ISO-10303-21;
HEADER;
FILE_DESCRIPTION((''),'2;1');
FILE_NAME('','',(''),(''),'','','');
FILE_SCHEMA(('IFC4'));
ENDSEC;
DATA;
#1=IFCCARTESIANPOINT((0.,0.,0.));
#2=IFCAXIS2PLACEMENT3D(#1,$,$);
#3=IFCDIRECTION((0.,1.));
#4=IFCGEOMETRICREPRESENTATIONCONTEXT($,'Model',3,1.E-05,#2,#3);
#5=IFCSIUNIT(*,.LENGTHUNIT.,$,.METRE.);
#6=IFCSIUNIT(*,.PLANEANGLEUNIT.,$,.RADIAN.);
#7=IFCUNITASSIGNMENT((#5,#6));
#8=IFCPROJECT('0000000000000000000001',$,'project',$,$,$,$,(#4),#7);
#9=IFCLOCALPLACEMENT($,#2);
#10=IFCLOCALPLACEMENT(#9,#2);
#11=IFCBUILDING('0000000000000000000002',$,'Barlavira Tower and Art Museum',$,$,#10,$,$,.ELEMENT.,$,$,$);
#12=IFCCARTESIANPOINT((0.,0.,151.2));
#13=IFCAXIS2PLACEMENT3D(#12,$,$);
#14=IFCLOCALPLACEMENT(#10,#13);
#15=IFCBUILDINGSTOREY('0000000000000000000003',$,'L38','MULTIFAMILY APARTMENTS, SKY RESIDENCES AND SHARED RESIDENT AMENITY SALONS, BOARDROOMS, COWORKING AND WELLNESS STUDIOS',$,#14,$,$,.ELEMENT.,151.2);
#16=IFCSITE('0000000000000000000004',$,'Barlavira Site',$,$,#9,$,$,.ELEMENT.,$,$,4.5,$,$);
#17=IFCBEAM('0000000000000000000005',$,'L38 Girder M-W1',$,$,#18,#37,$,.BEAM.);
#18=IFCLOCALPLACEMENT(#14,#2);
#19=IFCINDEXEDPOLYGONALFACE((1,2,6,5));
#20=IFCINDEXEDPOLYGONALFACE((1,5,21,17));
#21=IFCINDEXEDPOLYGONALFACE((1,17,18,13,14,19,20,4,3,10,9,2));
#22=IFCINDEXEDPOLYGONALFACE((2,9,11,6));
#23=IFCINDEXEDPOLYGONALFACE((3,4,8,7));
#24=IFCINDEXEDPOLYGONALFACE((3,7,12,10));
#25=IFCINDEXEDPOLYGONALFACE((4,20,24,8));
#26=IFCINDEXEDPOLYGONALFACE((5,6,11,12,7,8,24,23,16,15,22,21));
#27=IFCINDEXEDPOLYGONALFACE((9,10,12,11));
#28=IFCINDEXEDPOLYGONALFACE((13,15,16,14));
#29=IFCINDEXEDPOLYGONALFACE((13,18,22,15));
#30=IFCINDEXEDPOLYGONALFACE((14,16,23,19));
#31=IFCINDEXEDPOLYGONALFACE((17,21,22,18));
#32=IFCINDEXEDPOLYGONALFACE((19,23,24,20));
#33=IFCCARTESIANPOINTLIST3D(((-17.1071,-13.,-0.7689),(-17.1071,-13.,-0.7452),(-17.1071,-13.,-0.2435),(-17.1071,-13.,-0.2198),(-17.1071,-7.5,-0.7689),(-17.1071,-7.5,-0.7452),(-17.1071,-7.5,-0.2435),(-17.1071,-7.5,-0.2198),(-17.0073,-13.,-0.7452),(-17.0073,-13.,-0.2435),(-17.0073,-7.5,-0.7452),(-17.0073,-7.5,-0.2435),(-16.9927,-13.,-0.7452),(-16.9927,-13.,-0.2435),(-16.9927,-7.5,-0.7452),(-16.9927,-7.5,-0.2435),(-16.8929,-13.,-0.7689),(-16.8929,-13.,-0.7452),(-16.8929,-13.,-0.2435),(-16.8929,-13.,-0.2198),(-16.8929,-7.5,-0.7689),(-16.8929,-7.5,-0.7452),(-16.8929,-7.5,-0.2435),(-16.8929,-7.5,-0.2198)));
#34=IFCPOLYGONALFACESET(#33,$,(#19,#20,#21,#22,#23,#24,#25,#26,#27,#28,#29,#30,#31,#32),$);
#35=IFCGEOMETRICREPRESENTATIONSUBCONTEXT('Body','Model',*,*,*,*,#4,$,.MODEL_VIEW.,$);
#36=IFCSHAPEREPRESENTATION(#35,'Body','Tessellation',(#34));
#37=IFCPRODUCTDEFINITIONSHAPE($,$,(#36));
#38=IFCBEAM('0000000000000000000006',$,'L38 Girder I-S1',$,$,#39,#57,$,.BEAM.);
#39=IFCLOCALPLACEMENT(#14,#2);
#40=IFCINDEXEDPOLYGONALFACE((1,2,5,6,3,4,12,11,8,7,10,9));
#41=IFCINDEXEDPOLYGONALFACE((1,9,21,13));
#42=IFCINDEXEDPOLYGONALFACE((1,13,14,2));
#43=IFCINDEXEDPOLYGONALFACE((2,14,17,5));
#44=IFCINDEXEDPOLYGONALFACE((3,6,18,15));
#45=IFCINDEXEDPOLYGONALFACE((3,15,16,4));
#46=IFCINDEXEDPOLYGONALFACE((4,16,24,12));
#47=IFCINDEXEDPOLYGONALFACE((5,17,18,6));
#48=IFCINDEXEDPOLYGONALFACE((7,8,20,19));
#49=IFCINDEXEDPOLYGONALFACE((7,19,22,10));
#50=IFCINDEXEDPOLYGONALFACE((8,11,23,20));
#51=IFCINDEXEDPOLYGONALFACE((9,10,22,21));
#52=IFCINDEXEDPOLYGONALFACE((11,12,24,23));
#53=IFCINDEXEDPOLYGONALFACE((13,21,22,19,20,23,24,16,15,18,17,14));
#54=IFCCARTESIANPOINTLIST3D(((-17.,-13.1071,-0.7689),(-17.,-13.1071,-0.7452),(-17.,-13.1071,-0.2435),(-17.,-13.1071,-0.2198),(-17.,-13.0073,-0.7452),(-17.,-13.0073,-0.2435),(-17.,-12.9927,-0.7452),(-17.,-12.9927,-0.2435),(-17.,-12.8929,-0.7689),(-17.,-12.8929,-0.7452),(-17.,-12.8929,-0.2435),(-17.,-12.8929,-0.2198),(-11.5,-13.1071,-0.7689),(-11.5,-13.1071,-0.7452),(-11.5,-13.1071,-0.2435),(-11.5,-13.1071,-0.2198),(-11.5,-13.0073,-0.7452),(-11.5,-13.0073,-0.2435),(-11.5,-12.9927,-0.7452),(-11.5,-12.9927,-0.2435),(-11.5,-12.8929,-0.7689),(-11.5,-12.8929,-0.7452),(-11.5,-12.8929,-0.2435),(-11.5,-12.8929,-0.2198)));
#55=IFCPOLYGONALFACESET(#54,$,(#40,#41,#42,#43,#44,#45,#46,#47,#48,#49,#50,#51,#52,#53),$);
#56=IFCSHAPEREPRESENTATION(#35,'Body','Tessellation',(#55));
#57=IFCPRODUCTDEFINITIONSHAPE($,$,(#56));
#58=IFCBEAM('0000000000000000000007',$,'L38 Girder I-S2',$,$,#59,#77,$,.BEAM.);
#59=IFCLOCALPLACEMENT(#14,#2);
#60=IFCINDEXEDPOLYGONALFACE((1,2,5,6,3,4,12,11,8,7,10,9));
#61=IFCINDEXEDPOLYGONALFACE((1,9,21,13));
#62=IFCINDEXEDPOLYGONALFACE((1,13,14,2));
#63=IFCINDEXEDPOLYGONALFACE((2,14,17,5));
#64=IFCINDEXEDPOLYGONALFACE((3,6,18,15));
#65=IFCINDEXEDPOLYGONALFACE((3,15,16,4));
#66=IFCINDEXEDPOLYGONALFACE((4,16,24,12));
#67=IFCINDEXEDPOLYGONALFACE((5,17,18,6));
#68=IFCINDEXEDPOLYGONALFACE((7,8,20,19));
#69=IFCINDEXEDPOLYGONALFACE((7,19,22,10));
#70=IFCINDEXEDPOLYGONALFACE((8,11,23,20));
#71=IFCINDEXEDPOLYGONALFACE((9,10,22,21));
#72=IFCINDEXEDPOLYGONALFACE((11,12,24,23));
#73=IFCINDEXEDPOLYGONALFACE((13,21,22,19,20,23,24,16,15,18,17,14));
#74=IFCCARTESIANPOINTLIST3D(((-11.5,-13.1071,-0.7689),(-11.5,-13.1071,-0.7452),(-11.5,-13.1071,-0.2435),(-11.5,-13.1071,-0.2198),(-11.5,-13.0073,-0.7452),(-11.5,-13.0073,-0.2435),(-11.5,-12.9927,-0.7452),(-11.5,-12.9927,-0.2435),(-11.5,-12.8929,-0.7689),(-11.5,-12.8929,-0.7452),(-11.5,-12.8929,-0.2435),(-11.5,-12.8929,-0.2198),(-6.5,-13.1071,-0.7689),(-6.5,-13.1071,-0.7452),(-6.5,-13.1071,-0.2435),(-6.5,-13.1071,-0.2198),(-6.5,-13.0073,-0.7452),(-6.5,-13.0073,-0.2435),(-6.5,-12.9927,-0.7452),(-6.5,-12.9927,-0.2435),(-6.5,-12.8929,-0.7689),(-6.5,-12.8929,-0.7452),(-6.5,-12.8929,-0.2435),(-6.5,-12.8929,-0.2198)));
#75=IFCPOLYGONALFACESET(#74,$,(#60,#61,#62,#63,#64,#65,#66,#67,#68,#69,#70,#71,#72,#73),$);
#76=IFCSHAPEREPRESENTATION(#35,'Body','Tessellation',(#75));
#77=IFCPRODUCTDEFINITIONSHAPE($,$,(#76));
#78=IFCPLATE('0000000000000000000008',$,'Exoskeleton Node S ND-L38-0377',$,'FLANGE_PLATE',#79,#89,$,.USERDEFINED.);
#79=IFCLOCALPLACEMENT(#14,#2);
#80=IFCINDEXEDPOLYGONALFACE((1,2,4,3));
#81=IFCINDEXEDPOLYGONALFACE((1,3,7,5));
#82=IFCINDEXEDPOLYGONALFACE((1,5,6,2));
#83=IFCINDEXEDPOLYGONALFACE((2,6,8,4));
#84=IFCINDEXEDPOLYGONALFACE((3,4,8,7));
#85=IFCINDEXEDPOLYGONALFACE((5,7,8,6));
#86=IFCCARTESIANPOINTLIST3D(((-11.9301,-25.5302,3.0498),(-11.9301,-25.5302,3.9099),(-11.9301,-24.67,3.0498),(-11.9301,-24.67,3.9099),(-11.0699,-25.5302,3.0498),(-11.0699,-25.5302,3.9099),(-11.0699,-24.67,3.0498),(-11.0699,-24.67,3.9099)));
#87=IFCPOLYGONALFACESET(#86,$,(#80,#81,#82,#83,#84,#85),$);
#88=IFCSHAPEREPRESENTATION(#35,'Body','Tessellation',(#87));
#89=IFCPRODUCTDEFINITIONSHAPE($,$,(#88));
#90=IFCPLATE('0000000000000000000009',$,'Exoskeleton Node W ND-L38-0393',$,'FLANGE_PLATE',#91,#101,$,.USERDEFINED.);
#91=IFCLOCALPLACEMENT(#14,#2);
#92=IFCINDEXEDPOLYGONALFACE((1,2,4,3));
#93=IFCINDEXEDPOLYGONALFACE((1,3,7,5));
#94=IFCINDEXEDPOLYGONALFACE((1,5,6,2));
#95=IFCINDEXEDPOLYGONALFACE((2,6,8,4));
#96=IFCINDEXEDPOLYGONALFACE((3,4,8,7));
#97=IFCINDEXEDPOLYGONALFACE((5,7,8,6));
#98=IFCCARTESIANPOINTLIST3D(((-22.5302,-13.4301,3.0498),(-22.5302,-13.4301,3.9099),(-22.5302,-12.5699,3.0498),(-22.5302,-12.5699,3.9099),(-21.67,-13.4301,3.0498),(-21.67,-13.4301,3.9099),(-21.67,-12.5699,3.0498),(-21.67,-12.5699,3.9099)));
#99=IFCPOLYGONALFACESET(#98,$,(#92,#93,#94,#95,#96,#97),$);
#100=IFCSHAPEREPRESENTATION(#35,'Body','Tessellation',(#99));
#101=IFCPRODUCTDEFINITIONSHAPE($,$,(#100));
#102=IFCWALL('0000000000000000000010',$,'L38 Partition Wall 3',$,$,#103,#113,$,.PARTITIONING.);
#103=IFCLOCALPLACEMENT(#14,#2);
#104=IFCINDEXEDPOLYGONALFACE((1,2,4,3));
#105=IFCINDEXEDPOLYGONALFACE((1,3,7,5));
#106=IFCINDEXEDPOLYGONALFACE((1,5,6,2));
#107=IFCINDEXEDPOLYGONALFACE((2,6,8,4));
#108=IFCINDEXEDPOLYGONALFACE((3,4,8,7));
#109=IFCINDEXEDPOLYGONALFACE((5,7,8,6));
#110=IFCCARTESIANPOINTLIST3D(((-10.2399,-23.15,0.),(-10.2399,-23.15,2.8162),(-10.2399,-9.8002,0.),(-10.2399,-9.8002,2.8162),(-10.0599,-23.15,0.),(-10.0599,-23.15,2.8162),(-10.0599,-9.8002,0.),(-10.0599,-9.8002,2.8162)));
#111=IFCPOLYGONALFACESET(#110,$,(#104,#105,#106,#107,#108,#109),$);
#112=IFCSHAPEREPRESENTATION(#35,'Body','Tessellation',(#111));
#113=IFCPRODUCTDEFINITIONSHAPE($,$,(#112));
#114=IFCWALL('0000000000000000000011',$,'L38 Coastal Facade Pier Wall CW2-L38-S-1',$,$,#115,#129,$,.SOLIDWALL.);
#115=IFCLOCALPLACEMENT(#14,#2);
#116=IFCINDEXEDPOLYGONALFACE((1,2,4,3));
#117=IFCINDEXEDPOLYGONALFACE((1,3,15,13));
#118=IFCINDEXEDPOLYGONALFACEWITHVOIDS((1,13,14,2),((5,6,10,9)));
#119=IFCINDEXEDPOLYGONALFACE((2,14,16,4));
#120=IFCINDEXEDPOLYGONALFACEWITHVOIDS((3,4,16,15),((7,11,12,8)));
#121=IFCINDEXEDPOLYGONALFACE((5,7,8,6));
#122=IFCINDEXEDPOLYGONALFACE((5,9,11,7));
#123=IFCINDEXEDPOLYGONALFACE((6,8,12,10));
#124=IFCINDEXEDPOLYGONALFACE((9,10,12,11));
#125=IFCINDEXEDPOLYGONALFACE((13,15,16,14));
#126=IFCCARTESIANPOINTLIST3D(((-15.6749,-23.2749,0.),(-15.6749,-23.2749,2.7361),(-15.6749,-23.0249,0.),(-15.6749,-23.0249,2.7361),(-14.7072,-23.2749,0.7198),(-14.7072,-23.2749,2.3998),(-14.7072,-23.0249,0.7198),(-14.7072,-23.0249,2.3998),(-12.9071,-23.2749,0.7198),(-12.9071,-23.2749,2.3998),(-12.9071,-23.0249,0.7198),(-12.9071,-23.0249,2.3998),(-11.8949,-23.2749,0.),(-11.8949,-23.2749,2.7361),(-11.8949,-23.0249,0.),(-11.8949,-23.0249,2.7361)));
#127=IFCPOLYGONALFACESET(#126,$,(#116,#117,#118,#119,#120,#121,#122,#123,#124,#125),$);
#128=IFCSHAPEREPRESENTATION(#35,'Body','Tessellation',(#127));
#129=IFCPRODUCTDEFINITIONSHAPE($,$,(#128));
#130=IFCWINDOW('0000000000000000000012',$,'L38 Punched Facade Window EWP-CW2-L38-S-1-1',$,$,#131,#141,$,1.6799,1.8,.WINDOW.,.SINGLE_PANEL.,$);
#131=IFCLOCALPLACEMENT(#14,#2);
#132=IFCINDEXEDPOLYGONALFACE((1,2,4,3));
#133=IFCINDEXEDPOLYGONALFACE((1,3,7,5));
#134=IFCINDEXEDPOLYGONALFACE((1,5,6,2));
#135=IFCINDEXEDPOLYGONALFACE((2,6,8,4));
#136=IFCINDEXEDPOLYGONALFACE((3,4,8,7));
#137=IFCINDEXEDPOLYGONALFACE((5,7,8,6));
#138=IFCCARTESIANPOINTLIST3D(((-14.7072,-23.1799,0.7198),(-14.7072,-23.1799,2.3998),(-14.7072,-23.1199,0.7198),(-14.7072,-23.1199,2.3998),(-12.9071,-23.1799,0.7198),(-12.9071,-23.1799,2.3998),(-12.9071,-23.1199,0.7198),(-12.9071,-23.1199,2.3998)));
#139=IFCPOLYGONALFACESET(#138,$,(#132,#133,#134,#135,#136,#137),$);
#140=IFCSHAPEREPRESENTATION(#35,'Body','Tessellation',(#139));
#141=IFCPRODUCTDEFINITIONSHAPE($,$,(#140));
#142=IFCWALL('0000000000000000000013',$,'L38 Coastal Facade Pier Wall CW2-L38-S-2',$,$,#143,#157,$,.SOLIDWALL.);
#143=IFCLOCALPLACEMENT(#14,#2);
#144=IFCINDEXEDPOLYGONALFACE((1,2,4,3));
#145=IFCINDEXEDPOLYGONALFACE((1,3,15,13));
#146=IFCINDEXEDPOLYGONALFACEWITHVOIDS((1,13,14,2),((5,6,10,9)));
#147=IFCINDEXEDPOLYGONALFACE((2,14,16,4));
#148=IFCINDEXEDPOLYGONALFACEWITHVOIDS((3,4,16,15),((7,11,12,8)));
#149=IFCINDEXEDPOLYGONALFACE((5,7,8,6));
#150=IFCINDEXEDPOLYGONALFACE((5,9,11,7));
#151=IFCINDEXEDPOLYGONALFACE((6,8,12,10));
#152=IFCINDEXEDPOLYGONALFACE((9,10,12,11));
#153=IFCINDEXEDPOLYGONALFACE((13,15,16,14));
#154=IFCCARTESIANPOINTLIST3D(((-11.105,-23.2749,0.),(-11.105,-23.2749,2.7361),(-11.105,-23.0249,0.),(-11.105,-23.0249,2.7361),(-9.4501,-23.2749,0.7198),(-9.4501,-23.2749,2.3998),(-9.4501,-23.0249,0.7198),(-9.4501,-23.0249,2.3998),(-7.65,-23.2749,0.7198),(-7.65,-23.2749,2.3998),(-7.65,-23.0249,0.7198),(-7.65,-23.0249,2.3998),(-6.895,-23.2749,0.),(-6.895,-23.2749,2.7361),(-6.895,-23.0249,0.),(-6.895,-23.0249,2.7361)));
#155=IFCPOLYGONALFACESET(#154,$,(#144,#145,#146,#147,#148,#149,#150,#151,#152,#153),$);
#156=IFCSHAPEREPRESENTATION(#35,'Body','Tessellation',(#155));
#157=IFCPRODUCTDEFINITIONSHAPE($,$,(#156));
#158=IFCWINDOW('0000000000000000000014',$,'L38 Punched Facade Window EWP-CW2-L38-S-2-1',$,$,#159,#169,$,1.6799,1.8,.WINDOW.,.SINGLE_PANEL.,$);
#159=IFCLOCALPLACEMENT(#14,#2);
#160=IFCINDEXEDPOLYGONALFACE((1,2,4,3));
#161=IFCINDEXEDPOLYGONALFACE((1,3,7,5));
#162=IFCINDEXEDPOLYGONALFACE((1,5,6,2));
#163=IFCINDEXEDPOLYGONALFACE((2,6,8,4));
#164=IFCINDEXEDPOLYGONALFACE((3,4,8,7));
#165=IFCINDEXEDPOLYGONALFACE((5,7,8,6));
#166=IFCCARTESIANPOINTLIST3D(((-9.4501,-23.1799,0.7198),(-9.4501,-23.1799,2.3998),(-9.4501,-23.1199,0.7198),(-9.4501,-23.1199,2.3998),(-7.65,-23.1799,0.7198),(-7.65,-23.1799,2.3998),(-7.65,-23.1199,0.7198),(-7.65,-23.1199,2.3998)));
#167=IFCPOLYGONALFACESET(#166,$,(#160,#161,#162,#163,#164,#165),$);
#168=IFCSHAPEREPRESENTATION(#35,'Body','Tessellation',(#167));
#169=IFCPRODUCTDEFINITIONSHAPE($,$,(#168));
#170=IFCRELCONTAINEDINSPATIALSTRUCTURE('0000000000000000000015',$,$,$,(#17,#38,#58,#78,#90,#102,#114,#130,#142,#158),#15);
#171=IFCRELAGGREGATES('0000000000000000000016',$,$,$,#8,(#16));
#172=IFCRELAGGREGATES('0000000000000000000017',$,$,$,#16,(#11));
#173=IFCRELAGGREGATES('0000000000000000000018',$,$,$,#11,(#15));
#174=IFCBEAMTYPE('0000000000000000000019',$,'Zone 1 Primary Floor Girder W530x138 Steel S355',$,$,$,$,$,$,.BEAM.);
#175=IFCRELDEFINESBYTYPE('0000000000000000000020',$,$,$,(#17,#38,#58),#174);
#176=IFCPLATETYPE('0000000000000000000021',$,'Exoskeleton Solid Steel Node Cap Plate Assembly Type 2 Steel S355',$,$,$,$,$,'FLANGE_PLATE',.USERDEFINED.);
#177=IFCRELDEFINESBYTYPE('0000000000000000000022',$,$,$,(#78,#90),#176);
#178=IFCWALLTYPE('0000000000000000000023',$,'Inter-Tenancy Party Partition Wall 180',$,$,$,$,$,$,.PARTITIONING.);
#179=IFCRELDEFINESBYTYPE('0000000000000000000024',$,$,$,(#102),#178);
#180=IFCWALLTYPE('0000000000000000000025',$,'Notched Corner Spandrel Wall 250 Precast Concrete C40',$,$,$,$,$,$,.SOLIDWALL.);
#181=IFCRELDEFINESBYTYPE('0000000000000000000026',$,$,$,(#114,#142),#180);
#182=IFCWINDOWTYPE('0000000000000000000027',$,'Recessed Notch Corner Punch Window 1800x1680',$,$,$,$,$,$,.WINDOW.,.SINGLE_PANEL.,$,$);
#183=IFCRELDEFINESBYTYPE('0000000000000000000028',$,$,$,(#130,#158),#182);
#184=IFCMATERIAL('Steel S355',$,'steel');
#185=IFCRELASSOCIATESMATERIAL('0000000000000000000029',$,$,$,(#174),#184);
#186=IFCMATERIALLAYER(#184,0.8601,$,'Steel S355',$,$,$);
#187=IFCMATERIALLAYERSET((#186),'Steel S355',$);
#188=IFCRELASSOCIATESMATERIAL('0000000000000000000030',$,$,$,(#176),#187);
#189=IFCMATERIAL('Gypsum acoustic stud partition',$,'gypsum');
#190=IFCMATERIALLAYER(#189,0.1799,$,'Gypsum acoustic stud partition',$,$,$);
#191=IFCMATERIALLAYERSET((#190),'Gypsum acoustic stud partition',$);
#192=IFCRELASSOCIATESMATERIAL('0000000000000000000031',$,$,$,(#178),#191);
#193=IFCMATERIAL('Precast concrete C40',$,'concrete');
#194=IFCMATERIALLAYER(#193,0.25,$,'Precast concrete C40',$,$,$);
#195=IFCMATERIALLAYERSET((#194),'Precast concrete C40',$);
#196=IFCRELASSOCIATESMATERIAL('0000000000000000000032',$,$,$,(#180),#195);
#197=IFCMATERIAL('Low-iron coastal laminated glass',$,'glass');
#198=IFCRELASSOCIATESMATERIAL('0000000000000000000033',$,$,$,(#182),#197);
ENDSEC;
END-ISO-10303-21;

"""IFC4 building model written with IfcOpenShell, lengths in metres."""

from ifc_helpers import new_model, si_unit, direction, frame, frame_2d, origin, origin_2d, place, context, subcontext, project, spatial, rectangle, i_section, extrude, material, layer, layer_set, material_profile, profile_set, type_object, element, fill, save


model = new_model("IFC4")

# Units and contexts
model_context = context("Model", 3, precision=1e-05, world=origin(), true_north=direction((0.0, 1.0)))
body_context = subcontext(model_context, "Body", "Model", "MODEL_VIEW")
ifc_project = project(units=[si_unit("LENGTHUNIT", "METRE"), si_unit("PLANEANGLEUNIT", "RADIAN")], contexts=[model_context])

# Site, building, storey
site_placement = place(None, origin())
site = spatial("IfcSite", under=ifc_project, at=site_placement, Name="Barlavira Site", CompositionType="ELEMENT", RefElevation=4.5)
building_placement = place(site_placement, origin())
building = spatial("IfcBuilding", under=site, at=building_placement, Name="Barlavira Tower and Art Museum", CompositionType="ELEMENT")
storey_placement = place(building_placement, frame((0.0, 0.0, 151.2)))
storey = spatial("IfcBuildingStorey", under=building, at=storey_placement, Name="L38", Description="MULTIFAMILY APARTMENTS, SKY RESIDENCES AND SHARED RESIDENT AMENITY SALONS, BOARDROOMS, COWORKING AND WELLNESS STUDIOS", CompositionType="ELEMENT", Elevation=151.2)

# Beams
ifc_material_1 = material(Name="Steel S355", Category="steel")
ifc_material_profile_1 = material_profile(ifc_material_1, i_section(OverallWidth=0.2141, OverallDepth=0.5491, WebThickness=0.0146, FlangeThickness=0.0237, at=origin_2d()), Name="W530x138.0")
ifc_profile_set_1 = profile_set([ifc_material_profile_1], Name="Steel S355")
beam_type_1 = type_object("IfcBeamType", Name="Zone 1 Primary Floor Girder W530x138 Steel S355", PredefinedType="BEAM", material=ifc_profile_set_1)
for number, where, z_axis, x_axis, name in (
    (1, (-17.0, -13.0, -0.4944), (0.0, 1.0, 0.0), (-1.0, 0.0, 0.0), "L38 Girder M-W1"),
    (2, (-17.0, -13.0, -0.4944), (1.0, 0.0, 0.0), (0.0, 1.0, 0.0), "L38 Girder I-S1"),
):
    element("IfcBeam", number, at=place(storey_placement, frame(where, z_axis=z_axis, x_axis=x_axis)), inside=storey, type_object=beam_type_1, Name=name, PredefinedType="BEAM", context=body_context, shape_type="SweptSolid", body=[
        extrude(i_section(OverallWidth=0.2141, OverallDepth=0.5491, WebThickness=0.0146, FlangeThickness=0.0237, at=origin_2d()), origin(), (0.0, 0.0, 1.0), 5.5),
    ])
beam_1_placement = place(storey_placement, frame((-11.5, -13.0, -0.4944), z_axis=(1.0, 0.0, 0.0), x_axis=(0.0, 1.0, 0.0)))
element("IfcBeam", 3, at=beam_1_placement, inside=storey, type_object=beam_type_1, Name="L38 Girder I-S2", PredefinedType="BEAM", context=body_context, shape_type="SweptSolid", body=[
    extrude(i_section(OverallWidth=0.2141, OverallDepth=0.5491, WebThickness=0.0146, FlangeThickness=0.0237, at=origin_2d()), origin(), (0.0, 0.0, 1.0), 5.0),
])

# Plates
ifc_layer_1 = layer(ifc_material_1, 0.8601, Name="Steel S355")
ifc_layer_set_1 = layer_set([ifc_layer_1], Name="Steel S355")
plate_type = type_object("IfcPlateType", Name="Exoskeleton Solid Steel Node Cap Plate Assembly Type 2 Steel S355", ElementType="FLANGE_PLATE", PredefinedType="USERDEFINED", material=ifc_layer_set_1)
for number, where, z_axis, x_axis, name in (
    (4, (-11.5, -25.1001, 3.0498), (0.0, 0.0, 1.0), (1.0, 0.0, 0.0), "Exoskeleton Node S ND-L38-0377"),
    (5, (-22.1001, -13.0, 3.0498), (0.0, 0.0, 1.0), (1.0, 0.0, 0.0), "Exoskeleton Node W ND-L38-0393"),
):
    element("IfcPlate", number, at=place(storey_placement, frame(where, z_axis=z_axis, x_axis=x_axis)), inside=storey, type_object=plate_type, Name=name, ObjectType="FLANGE_PLATE", PredefinedType="USERDEFINED", context=body_context, shape_type="SweptSolid", body=[
        extrude(rectangle(XDim=0.8601, YDim=0.8601, at=origin_2d()), origin(), (0.0, 0.0, 1.0), 0.8601),
    ])

# Wall
ifc_material_2 = material(Name="Gypsum acoustic stud partition", Category="gypsum")
ifc_layer_2 = layer(ifc_material_2, 0.1799, Name="Gypsum acoustic stud partition")
ifc_layer_set_2 = layer_set([ifc_layer_2], Name="Gypsum acoustic stud partition")
wall_type_1 = type_object("IfcWallType", Name="Inter-Tenancy Party Partition Wall 180", PredefinedType="PARTITIONING", material=ifc_layer_set_2)
wall_1_placement = place(storey_placement, frame((-10.1499, -23.1499, 0.0), z_axis=(0.0, 0.0, 1.0), x_axis=(0.0, 1.0, 0.0)))
element("IfcWall", 6, at=wall_1_placement, inside=storey, type_object=wall_type_1, Name="L38 Partition Wall 3", PredefinedType="PARTITIONING", context=body_context, shape_type="SweptSolid", body=[
    extrude(rectangle(XDim=13.3499, YDim=0.1799, at=frame_2d((6.6748, 0.0))), origin(), (0.0, 0.0, 1.0), 2.8162),
])

# Walls, openings, windows
ifc_material_3 = material(Name="Precast concrete C40", Category="concrete")
ifc_layer_3 = layer(ifc_material_3, 0.25, Name="Precast concrete C40")
ifc_layer_set_3 = layer_set([ifc_layer_3], Name="Precast concrete C40")
wall_type_2 = type_object("IfcWallType", Name="Notched Corner Spandrel Wall 250 Precast Concrete C40", PredefinedType="SOLIDWALL", material=ifc_layer_set_3)
wall_2_placement = place(storey_placement, frame((-15.675, -23.1499, 0.0), z_axis=(0.0, 0.0, 1.0), x_axis=(1.0, 0.0, 0.0)))
wall_2 = element("IfcWall", 7, at=wall_2_placement, inside=storey, type_object=wall_type_2, Name="L38 Coastal Facade Pier Wall CW2-L38-S-1", PredefinedType="SOLIDWALL", context=body_context, shape_type="SweptSolid", body=[
    extrude(rectangle(XDim=3.78, YDim=0.25, at=frame_2d((1.8901, 0.0))), origin(), (0.0, 0.0, 1.0), 2.7361),
])
opening_1_placement = place(wall_2_placement, frame((0.968, 0.0, 0.72)))
opening_1 = element("IfcOpeningElement", 8, at=opening_1_placement, cuts=wall_2, PredefinedType="OPENING", context=body_context, shape_type="SweptSolid", body=[
    extrude(rectangle(XDim=1.8, YDim=1.6799, at=frame_2d((0.8999, 0.8398))), frame((0.0, 0.135, 0.0), z_axis=(0.0, -1.0, 0.0), x_axis=(1.0, 0.0, 0.0)), (0.0, 0.0, 1.0), 0.27),
])
ifc_material_4 = material(Name="Low-iron coastal laminated glass", Category="glass")
window_type = type_object("IfcWindowType", Name="Recessed Notch Corner Punch Window 1800x1680", PartitioningType="SINGLE_PANEL", PredefinedType="WINDOW", material=ifc_material_4)
window_1_placement = place(opening_1_placement, origin())
window_1 = element("IfcWindow", 9, at=window_1_placement, inside=storey, type_object=window_type, Name="L38 Punched Facade Window EWP-CW2-L38-S-1-1", OverallHeight=1.6799, OverallWidth=1.8, PartitioningType="SINGLE_PANEL", PredefinedType="WINDOW", context=body_context, shape_type="SweptSolid", body=[
    extrude(rectangle(XDim=1.8, YDim=1.6799, at=frame_2d((0.8999, 0.8398))), frame((0.0, 0.03, 0.0), z_axis=(0.0, -1.0, 0.0), x_axis=(1.0, 0.0, 0.0)), (0.0, 0.0, 1.0), 0.0601),
])
fill(opening_1, window_1)
wall_3_placement = place(storey_placement, frame((-11.105, -23.1499, 0.0), z_axis=(0.0, 0.0, 1.0), x_axis=(1.0, 0.0, 0.0)))
wall_3 = element("IfcWall", 10, at=wall_3_placement, inside=storey, type_object=wall_type_2, Name="L38 Coastal Facade Pier Wall CW2-L38-S-2", PredefinedType="SOLIDWALL", context=body_context, shape_type="SweptSolid", body=[
    extrude(rectangle(XDim=4.21, YDim=0.25, at=frame_2d((2.105, 0.0))), origin(), (0.0, 0.0, 1.0), 2.7361),
])
opening_2_placement = place(wall_3_placement, frame((1.655, 0.0, 0.72)))
opening_2 = element("IfcOpeningElement", 11, at=opening_2_placement, cuts=wall_3, PredefinedType="OPENING", context=body_context, shape_type="SweptSolid", body=[
    extrude(rectangle(XDim=1.8, YDim=1.6799, at=frame_2d((0.8999, 0.8398))), frame((0.0, 0.135, 0.0), z_axis=(0.0, -1.0, 0.0), x_axis=(1.0, 0.0, 0.0)), (0.0, 0.0, 1.0), 0.27),
])
window_2_placement = place(opening_2_placement, origin())
window_2 = element("IfcWindow", 12, at=window_2_placement, inside=storey, type_object=window_type, Name="L38 Punched Facade Window EWP-CW2-L38-S-2-1", OverallHeight=1.6799, OverallWidth=1.8, PartitioningType="SINGLE_PANEL", PredefinedType="WINDOW", context=body_context, shape_type="SweptSolid", body=[
    extrude(rectangle(XDim=1.8, YDim=1.6799, at=frame_2d((0.8999, 0.8398))), frame((0.0, 0.03, 0.0), z_axis=(0.0, -1.0, 0.0), x_axis=(1.0, 0.0, 0.0)), (0.0, 0.0, 1.0), 0.0601),
])
fill(opening_2, window_2)

save(model, "model.ifc")
